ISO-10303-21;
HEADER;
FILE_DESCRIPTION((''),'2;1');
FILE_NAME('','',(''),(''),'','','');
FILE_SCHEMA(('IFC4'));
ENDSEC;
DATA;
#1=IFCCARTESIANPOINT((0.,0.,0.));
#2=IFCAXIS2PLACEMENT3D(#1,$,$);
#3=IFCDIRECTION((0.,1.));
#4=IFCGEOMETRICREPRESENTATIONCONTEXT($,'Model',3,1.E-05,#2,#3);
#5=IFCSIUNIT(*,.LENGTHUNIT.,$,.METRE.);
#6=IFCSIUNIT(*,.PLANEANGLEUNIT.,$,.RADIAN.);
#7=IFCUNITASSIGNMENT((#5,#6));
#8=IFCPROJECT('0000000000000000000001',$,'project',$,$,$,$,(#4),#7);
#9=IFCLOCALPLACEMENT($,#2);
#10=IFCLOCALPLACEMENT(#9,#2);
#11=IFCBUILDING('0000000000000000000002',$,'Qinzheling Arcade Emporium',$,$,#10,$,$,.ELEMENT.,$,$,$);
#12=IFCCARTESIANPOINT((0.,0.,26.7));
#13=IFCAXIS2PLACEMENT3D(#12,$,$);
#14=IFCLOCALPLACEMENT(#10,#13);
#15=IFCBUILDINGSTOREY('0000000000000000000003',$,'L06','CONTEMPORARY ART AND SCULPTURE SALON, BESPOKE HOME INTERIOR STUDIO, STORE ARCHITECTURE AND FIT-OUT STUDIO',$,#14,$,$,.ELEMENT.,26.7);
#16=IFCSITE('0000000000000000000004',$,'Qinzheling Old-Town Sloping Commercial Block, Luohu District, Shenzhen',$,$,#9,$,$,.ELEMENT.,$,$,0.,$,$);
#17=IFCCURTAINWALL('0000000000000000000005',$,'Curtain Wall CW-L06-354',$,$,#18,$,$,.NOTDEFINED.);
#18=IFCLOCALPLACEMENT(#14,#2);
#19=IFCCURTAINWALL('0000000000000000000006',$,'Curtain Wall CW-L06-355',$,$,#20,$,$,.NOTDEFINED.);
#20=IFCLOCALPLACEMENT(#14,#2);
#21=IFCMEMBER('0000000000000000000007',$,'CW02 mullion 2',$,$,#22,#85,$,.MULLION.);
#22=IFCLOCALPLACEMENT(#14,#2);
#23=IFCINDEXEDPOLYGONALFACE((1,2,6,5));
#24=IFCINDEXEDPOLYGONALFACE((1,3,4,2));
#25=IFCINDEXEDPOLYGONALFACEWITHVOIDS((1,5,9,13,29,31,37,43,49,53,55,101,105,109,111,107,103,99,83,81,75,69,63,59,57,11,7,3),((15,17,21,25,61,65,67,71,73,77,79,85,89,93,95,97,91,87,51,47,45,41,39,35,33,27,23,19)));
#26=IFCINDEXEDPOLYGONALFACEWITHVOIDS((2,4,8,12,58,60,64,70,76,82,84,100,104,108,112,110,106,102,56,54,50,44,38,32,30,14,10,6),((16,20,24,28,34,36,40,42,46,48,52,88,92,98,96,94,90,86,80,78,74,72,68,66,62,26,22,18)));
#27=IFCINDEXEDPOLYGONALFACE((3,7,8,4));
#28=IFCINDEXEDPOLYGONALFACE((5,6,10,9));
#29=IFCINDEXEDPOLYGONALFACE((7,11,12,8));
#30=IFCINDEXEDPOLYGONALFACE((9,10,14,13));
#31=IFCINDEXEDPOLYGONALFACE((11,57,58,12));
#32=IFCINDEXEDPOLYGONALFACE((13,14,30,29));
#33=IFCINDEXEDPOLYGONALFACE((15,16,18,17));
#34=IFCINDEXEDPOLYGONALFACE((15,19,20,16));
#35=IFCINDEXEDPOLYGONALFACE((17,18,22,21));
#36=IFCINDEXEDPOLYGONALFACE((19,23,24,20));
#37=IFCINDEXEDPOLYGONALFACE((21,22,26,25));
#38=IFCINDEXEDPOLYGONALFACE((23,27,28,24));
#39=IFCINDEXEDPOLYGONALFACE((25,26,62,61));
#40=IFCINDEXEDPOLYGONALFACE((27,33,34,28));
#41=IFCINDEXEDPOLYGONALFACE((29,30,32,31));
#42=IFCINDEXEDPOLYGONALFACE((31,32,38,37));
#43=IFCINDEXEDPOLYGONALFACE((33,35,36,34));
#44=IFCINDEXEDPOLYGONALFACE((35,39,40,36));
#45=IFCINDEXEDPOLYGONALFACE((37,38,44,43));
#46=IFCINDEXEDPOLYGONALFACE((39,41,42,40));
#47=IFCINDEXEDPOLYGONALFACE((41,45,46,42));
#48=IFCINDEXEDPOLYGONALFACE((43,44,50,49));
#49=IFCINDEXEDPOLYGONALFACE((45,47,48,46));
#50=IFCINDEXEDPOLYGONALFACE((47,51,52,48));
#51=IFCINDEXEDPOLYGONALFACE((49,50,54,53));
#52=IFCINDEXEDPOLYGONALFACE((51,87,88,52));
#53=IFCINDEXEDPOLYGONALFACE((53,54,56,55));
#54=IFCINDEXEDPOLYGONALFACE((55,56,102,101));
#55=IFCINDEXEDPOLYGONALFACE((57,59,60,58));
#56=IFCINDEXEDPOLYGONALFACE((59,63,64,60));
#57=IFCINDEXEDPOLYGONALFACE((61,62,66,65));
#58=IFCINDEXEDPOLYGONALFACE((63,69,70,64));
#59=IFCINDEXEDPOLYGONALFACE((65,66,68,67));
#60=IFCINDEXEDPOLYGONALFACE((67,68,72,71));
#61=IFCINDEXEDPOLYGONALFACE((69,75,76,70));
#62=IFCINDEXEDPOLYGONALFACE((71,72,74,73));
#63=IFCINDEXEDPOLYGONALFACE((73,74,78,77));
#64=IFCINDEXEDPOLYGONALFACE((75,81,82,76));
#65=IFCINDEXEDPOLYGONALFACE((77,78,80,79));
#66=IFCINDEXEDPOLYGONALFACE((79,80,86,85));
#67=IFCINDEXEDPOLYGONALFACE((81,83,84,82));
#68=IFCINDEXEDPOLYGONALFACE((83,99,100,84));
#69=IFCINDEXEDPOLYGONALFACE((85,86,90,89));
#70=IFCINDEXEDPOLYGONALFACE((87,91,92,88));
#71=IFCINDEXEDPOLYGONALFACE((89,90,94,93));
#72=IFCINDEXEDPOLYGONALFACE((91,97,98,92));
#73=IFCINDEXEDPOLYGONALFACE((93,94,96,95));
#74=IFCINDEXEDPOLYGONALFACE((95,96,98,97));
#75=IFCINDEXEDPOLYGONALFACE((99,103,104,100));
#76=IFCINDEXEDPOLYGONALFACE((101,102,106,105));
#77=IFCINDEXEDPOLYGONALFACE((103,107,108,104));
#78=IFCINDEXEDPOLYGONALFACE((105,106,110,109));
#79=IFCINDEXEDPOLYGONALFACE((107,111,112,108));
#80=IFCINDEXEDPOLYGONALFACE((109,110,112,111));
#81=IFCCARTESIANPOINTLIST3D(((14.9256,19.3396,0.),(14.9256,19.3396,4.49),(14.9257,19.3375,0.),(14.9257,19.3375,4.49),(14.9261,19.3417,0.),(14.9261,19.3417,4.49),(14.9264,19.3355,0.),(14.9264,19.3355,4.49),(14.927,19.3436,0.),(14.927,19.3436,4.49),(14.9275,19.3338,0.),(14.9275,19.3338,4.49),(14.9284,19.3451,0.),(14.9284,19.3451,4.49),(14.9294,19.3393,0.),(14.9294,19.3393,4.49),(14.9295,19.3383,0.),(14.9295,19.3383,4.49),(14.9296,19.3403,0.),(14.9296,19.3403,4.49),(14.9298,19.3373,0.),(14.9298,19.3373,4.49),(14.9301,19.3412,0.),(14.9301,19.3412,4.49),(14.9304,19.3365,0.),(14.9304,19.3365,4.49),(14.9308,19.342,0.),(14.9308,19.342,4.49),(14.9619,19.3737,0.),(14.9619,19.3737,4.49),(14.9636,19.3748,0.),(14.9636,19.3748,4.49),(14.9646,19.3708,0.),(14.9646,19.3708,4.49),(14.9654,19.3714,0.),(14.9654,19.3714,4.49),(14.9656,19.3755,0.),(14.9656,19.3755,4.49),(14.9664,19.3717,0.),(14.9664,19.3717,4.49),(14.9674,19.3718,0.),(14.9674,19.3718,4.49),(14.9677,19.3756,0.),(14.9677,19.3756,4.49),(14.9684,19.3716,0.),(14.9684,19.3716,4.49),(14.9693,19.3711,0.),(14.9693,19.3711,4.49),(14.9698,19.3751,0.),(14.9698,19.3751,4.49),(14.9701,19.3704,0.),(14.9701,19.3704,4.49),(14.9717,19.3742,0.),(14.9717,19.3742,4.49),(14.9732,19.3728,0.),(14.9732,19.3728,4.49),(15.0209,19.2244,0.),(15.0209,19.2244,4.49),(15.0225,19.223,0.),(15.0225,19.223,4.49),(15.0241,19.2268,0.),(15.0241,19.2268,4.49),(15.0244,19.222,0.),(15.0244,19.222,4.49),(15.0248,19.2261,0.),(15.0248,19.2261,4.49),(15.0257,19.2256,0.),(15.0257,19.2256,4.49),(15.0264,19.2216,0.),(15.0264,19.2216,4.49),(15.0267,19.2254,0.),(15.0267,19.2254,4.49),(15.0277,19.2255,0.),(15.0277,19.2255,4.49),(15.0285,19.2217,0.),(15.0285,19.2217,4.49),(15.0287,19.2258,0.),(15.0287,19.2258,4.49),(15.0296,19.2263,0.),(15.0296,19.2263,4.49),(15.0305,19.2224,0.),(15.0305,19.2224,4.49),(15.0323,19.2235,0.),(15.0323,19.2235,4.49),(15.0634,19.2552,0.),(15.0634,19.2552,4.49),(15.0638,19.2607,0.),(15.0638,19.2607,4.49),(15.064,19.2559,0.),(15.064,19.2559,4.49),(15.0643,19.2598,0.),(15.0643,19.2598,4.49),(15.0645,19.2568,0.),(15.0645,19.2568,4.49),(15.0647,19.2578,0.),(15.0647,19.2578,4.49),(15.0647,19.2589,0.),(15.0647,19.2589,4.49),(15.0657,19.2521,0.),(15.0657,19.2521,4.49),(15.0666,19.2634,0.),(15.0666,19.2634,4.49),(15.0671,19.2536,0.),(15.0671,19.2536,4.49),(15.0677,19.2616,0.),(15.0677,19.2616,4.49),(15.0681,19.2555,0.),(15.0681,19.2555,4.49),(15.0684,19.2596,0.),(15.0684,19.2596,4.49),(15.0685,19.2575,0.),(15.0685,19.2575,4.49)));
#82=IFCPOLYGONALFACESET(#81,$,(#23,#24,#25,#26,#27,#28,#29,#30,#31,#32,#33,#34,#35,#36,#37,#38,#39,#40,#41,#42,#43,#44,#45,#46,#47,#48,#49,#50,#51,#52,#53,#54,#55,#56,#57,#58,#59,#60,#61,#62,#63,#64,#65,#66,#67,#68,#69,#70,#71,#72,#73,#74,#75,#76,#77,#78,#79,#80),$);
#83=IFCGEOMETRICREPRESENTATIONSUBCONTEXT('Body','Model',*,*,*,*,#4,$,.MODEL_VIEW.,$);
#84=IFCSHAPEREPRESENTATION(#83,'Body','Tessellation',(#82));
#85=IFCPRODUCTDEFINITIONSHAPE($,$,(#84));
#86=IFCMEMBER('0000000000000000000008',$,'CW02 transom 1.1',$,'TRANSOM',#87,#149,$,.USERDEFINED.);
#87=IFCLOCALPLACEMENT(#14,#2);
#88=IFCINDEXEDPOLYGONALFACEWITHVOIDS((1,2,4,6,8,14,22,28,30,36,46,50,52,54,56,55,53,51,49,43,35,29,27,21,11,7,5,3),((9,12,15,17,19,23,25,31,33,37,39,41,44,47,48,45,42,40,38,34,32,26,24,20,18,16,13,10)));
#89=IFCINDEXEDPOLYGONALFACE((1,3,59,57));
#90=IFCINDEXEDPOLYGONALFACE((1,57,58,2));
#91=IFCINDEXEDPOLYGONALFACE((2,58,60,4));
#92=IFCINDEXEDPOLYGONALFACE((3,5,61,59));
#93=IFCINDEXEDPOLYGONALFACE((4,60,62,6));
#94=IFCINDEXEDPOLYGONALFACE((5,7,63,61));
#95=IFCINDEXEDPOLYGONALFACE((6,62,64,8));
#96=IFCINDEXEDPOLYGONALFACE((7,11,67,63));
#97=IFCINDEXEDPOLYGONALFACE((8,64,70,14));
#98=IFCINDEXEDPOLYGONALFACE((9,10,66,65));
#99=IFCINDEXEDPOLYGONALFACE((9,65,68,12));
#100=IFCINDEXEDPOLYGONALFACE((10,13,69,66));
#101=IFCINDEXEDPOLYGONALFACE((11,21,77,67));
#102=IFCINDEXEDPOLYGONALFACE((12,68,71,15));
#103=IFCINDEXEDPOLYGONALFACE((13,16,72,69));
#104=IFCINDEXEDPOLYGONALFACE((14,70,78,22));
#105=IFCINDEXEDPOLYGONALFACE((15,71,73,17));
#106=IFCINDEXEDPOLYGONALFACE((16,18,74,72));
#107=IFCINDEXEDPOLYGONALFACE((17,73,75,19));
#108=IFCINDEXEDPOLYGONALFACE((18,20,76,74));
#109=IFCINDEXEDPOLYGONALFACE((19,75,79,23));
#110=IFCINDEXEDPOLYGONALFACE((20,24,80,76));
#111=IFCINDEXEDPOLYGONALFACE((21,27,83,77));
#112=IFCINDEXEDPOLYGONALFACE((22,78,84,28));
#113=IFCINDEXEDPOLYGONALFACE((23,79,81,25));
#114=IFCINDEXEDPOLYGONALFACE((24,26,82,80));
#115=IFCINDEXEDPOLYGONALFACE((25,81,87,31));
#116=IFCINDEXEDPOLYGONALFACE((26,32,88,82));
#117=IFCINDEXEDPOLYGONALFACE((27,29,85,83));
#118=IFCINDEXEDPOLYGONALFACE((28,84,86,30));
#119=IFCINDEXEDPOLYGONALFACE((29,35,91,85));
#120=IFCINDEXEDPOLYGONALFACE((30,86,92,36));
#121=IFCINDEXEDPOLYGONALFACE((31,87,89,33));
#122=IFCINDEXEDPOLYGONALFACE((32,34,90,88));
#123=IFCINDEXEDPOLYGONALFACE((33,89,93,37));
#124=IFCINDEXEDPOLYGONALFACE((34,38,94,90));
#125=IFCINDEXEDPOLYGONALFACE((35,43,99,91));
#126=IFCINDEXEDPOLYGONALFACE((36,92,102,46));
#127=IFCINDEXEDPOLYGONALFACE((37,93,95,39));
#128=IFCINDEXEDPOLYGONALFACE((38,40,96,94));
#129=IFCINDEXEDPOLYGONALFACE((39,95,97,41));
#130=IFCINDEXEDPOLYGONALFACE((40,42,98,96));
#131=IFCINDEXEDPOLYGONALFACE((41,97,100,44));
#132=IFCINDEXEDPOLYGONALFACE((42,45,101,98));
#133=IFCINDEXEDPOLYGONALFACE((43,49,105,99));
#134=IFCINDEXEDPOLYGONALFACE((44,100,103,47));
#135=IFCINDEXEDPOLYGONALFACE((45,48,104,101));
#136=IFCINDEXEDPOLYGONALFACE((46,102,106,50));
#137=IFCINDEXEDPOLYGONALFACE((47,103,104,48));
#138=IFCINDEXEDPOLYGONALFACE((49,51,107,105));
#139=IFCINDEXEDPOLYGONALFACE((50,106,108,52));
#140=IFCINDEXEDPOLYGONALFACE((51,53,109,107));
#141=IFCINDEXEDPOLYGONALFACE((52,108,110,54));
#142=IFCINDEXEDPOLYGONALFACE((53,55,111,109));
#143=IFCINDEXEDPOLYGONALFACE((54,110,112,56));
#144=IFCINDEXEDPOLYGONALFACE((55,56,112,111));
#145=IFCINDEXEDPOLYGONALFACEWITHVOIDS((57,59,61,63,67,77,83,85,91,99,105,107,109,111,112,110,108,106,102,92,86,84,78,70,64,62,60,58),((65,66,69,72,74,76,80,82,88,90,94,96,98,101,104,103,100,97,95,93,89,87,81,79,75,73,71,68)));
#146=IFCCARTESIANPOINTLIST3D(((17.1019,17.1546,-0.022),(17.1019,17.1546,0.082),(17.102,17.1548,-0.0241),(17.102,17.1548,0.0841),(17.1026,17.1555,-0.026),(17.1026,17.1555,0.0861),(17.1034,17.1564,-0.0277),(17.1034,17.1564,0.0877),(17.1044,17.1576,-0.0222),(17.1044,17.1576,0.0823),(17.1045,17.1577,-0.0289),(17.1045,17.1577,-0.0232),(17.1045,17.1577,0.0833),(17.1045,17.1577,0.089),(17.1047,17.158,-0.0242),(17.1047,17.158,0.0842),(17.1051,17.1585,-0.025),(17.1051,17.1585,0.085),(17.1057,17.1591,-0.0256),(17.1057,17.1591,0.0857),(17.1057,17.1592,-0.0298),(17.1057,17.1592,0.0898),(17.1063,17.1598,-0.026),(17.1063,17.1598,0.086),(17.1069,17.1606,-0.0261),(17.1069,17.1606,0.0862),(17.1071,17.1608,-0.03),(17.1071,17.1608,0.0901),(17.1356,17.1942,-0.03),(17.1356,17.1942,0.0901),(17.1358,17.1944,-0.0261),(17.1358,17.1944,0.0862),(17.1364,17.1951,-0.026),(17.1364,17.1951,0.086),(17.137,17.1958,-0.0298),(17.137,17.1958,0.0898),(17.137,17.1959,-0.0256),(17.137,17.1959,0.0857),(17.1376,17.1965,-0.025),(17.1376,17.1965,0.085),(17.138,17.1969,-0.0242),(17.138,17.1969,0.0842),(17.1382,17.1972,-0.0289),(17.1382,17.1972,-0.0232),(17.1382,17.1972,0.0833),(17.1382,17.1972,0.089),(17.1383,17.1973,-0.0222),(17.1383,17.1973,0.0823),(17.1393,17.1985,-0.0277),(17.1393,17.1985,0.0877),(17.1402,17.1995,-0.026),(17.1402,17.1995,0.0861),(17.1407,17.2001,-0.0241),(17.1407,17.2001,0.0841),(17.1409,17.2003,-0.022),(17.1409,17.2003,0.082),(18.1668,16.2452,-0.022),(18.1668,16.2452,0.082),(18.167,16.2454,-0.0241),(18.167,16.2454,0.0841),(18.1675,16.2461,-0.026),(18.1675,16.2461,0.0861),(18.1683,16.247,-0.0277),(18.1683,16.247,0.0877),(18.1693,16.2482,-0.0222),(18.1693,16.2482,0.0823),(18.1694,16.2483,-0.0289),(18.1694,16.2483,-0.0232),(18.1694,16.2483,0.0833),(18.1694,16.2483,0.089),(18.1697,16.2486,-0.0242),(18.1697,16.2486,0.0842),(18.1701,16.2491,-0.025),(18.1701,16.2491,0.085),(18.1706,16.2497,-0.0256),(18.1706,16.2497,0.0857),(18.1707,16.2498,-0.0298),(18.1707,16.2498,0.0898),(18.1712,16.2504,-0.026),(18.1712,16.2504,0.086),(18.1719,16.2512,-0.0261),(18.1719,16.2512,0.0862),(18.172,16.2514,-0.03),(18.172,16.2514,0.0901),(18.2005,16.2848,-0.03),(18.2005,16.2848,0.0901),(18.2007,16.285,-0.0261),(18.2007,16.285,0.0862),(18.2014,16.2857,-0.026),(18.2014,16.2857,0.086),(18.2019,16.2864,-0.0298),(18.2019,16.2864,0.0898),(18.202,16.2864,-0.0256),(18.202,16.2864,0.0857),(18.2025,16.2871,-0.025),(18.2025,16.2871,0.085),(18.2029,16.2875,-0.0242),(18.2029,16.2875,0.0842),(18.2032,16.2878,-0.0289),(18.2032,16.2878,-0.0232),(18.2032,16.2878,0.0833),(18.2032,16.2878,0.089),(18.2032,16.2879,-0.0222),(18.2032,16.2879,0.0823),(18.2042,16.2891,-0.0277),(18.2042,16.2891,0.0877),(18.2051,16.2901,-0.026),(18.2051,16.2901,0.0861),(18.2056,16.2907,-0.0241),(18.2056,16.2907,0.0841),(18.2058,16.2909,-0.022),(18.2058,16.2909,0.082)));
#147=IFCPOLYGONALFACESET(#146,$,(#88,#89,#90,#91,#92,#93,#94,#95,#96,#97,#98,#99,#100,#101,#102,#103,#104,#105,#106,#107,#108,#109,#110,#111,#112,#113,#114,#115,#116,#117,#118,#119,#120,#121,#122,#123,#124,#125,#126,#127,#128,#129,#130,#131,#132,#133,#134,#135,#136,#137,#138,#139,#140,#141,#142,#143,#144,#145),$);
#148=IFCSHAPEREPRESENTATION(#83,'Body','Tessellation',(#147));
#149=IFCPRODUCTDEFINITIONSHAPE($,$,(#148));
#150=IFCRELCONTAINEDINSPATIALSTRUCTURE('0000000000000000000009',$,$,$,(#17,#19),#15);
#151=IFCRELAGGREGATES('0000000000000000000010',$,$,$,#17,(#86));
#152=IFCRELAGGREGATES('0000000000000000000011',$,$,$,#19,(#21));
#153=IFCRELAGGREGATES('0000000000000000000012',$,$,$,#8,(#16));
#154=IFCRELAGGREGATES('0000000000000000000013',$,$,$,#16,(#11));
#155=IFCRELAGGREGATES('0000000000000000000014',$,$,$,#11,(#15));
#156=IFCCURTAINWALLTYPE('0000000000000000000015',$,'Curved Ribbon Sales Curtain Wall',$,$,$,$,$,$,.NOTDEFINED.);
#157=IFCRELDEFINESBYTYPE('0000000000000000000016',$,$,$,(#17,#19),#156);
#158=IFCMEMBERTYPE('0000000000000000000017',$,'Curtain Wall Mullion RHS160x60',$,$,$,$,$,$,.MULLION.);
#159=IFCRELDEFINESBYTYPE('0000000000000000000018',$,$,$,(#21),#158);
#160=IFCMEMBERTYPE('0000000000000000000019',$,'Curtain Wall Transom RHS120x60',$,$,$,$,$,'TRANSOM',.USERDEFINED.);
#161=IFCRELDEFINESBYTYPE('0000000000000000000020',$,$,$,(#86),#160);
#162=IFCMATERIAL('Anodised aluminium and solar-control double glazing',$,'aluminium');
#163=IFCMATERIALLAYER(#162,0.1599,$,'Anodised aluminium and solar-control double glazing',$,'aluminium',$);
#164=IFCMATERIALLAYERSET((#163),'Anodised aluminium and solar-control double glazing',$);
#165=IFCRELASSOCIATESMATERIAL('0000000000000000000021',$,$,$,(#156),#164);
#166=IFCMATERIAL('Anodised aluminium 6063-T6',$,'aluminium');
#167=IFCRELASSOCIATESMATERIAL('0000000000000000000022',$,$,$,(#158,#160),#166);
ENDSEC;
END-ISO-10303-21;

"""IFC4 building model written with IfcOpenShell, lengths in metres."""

from ifc_helpers import new_model, si_unit, direction, frame, origin, origin_2d, place, context, subcontext, project, spatial, hollow_rectangle, extrude, material, layer, layer_set, material_profile, profile_set, type_object, element, aggregate, save


model = new_model("IFC4")

# Units and contexts
model_context = context("Model", 3, precision=1e-05, world=origin(), true_north=direction((0.0, 1.0)))
body_context = subcontext(model_context, "Body", "Model", "MODEL_VIEW")
ifc_project = project(units=[si_unit("LENGTHUNIT", "METRE"), si_unit("PLANEANGLEUNIT", "RADIAN")], contexts=[model_context])

# Site, building, storey
site_placement = place(None, origin())
site = spatial("IfcSite", under=ifc_project, at=site_placement, Name="Qinzheling Old-Town Sloping Commercial Block, Luohu District, Shenzhen", CompositionType="ELEMENT", RefElevation=0.0)
building_placement = place(site_placement, origin())
building = spatial("IfcBuilding", under=site, at=building_placement, Name="Qinzheling Arcade Emporium", CompositionType="ELEMENT")
storey_placement = place(building_placement, frame((0.0, 0.0, 26.7)))
storey = spatial("IfcBuildingStorey", under=building, at=storey_placement, Name="L06", Description="CONTEMPORARY ART AND SCULPTURE SALON, BESPOKE HOME INTERIOR STUDIO, STORE ARCHITECTURE AND FIT-OUT STUDIO", CompositionType="ELEMENT", Elevation=26.7)

# Curtain walls, member
ifc_material_1 = material(Name="Anodised aluminium and solar-control double glazing", Category="aluminium")
ifc_layer_1 = layer(ifc_material_1, 0.1599, Name="Anodised aluminium and solar-control double glazing", Category="aluminium")
ifc_layer_set_1 = layer_set([ifc_layer_1], Name="Anodised aluminium and solar-control double glazing")
curtain_wall_type = type_object("IfcCurtainWallType", Name="Curved Ribbon Sales Curtain Wall", PredefinedType="NOTDEFINED", material=ifc_layer_set_1)
curtain_wall_1_placement = place(storey_placement, origin())
curtain_wall_1 = element("IfcCurtainWall", 1, at=curtain_wall_1_placement, inside=storey, type_object=curtain_wall_type, Name="Curtain Wall CW-L06-354", PredefinedType="NOTDEFINED")
ifc_material_2 = material(Name="Anodised aluminium 6063-T6", Category="aluminium")
ifc_material_profile_1 = material_profile(ifc_material_2, hollow_rectangle(XDim=0.0601, YDim=0.1599, WallThickness=0.0039, InnerFilletRadius=0.0039, OuterFilletRadius=0.0081, at=origin_2d()), Name="RHS 160x60x4", Category="aluminium")
ifc_profile_set_1 = profile_set([ifc_material_profile_1], Name="Anodised aluminium 6063-T6")
member_type_1 = type_object("IfcMemberType", Name="Curtain Wall Mullion RHS160x60", PredefinedType="MULLION", material=ifc_profile_set_1)
curtain_wall_2_placement = place(storey_placement, origin())
curtain_wall_2 = element("IfcCurtainWall", 2, at=curtain_wall_2_placement, inside=storey, type_object=curtain_wall_type, Name="Curtain Wall CW-L06-355", PredefinedType="NOTDEFINED")
member_1_placement = place(storey_placement, frame((14.9971, 19.2986, 0.0), z_axis=(0.0, 0.0, 1.0), x_axis=(-0.760439, -0.649409, 0.0)))
member_1 = element("IfcMember", 3, at=member_1_placement, type_object=member_type_1, Name="CW02 mullion 2", PredefinedType="MULLION", context=body_context, shape_type="SweptSolid", body=[
    extrude(hollow_rectangle(XDim=0.0601, YDim=0.1599, WallThickness=0.0039, InnerFilletRadius=0.0039, OuterFilletRadius=0.0081, at=origin_2d()), origin(), (0.0, 0.0, 1.0), 4.49),
])

# Member
ifc_material_profile_2 = material_profile(ifc_material_2, hollow_rectangle(XDim=0.0601, YDim=0.1201, WallThickness=0.0039, InnerFilletRadius=0.0039, OuterFilletRadius=0.0081, at=origin_2d()), Name="RHS 120x60x4", Category="aluminium")
ifc_profile_set_2 = profile_set([ifc_material_profile_2], Name="Anodised aluminium 6063-T6")
member_type_2 = type_object("IfcMemberType", Name="Curtain Wall Transom RHS120x60", ElementType="TRANSOM", PredefinedType="USERDEFINED", material=ifc_profile_set_2)
member_2_placement = place(storey_placement, frame((18.1863, 16.2681, 0.03), z_axis=(-0.760449, 0.649398, 0.0), x_axis=(-0.649398, -0.760449, 0.0)))
member_2 = element("IfcMember", 4, at=member_2_placement, type_object=member_type_2, Name="CW02 transom 1.1", ObjectType="TRANSOM", PredefinedType="USERDEFINED", context=body_context, shape_type="SweptSolid", body=[
    extrude(hollow_rectangle(XDim=0.0601, YDim=0.1201, WallThickness=0.0039, InnerFilletRadius=0.0039, OuterFilletRadius=0.0081, at=origin_2d()), origin(), (0.0, 0.0, 1.0), 1.4004),
])

aggregate(curtain_wall_1, [member_2])
aggregate(curtain_wall_2, [member_1])

save(model, "model.ifc")
